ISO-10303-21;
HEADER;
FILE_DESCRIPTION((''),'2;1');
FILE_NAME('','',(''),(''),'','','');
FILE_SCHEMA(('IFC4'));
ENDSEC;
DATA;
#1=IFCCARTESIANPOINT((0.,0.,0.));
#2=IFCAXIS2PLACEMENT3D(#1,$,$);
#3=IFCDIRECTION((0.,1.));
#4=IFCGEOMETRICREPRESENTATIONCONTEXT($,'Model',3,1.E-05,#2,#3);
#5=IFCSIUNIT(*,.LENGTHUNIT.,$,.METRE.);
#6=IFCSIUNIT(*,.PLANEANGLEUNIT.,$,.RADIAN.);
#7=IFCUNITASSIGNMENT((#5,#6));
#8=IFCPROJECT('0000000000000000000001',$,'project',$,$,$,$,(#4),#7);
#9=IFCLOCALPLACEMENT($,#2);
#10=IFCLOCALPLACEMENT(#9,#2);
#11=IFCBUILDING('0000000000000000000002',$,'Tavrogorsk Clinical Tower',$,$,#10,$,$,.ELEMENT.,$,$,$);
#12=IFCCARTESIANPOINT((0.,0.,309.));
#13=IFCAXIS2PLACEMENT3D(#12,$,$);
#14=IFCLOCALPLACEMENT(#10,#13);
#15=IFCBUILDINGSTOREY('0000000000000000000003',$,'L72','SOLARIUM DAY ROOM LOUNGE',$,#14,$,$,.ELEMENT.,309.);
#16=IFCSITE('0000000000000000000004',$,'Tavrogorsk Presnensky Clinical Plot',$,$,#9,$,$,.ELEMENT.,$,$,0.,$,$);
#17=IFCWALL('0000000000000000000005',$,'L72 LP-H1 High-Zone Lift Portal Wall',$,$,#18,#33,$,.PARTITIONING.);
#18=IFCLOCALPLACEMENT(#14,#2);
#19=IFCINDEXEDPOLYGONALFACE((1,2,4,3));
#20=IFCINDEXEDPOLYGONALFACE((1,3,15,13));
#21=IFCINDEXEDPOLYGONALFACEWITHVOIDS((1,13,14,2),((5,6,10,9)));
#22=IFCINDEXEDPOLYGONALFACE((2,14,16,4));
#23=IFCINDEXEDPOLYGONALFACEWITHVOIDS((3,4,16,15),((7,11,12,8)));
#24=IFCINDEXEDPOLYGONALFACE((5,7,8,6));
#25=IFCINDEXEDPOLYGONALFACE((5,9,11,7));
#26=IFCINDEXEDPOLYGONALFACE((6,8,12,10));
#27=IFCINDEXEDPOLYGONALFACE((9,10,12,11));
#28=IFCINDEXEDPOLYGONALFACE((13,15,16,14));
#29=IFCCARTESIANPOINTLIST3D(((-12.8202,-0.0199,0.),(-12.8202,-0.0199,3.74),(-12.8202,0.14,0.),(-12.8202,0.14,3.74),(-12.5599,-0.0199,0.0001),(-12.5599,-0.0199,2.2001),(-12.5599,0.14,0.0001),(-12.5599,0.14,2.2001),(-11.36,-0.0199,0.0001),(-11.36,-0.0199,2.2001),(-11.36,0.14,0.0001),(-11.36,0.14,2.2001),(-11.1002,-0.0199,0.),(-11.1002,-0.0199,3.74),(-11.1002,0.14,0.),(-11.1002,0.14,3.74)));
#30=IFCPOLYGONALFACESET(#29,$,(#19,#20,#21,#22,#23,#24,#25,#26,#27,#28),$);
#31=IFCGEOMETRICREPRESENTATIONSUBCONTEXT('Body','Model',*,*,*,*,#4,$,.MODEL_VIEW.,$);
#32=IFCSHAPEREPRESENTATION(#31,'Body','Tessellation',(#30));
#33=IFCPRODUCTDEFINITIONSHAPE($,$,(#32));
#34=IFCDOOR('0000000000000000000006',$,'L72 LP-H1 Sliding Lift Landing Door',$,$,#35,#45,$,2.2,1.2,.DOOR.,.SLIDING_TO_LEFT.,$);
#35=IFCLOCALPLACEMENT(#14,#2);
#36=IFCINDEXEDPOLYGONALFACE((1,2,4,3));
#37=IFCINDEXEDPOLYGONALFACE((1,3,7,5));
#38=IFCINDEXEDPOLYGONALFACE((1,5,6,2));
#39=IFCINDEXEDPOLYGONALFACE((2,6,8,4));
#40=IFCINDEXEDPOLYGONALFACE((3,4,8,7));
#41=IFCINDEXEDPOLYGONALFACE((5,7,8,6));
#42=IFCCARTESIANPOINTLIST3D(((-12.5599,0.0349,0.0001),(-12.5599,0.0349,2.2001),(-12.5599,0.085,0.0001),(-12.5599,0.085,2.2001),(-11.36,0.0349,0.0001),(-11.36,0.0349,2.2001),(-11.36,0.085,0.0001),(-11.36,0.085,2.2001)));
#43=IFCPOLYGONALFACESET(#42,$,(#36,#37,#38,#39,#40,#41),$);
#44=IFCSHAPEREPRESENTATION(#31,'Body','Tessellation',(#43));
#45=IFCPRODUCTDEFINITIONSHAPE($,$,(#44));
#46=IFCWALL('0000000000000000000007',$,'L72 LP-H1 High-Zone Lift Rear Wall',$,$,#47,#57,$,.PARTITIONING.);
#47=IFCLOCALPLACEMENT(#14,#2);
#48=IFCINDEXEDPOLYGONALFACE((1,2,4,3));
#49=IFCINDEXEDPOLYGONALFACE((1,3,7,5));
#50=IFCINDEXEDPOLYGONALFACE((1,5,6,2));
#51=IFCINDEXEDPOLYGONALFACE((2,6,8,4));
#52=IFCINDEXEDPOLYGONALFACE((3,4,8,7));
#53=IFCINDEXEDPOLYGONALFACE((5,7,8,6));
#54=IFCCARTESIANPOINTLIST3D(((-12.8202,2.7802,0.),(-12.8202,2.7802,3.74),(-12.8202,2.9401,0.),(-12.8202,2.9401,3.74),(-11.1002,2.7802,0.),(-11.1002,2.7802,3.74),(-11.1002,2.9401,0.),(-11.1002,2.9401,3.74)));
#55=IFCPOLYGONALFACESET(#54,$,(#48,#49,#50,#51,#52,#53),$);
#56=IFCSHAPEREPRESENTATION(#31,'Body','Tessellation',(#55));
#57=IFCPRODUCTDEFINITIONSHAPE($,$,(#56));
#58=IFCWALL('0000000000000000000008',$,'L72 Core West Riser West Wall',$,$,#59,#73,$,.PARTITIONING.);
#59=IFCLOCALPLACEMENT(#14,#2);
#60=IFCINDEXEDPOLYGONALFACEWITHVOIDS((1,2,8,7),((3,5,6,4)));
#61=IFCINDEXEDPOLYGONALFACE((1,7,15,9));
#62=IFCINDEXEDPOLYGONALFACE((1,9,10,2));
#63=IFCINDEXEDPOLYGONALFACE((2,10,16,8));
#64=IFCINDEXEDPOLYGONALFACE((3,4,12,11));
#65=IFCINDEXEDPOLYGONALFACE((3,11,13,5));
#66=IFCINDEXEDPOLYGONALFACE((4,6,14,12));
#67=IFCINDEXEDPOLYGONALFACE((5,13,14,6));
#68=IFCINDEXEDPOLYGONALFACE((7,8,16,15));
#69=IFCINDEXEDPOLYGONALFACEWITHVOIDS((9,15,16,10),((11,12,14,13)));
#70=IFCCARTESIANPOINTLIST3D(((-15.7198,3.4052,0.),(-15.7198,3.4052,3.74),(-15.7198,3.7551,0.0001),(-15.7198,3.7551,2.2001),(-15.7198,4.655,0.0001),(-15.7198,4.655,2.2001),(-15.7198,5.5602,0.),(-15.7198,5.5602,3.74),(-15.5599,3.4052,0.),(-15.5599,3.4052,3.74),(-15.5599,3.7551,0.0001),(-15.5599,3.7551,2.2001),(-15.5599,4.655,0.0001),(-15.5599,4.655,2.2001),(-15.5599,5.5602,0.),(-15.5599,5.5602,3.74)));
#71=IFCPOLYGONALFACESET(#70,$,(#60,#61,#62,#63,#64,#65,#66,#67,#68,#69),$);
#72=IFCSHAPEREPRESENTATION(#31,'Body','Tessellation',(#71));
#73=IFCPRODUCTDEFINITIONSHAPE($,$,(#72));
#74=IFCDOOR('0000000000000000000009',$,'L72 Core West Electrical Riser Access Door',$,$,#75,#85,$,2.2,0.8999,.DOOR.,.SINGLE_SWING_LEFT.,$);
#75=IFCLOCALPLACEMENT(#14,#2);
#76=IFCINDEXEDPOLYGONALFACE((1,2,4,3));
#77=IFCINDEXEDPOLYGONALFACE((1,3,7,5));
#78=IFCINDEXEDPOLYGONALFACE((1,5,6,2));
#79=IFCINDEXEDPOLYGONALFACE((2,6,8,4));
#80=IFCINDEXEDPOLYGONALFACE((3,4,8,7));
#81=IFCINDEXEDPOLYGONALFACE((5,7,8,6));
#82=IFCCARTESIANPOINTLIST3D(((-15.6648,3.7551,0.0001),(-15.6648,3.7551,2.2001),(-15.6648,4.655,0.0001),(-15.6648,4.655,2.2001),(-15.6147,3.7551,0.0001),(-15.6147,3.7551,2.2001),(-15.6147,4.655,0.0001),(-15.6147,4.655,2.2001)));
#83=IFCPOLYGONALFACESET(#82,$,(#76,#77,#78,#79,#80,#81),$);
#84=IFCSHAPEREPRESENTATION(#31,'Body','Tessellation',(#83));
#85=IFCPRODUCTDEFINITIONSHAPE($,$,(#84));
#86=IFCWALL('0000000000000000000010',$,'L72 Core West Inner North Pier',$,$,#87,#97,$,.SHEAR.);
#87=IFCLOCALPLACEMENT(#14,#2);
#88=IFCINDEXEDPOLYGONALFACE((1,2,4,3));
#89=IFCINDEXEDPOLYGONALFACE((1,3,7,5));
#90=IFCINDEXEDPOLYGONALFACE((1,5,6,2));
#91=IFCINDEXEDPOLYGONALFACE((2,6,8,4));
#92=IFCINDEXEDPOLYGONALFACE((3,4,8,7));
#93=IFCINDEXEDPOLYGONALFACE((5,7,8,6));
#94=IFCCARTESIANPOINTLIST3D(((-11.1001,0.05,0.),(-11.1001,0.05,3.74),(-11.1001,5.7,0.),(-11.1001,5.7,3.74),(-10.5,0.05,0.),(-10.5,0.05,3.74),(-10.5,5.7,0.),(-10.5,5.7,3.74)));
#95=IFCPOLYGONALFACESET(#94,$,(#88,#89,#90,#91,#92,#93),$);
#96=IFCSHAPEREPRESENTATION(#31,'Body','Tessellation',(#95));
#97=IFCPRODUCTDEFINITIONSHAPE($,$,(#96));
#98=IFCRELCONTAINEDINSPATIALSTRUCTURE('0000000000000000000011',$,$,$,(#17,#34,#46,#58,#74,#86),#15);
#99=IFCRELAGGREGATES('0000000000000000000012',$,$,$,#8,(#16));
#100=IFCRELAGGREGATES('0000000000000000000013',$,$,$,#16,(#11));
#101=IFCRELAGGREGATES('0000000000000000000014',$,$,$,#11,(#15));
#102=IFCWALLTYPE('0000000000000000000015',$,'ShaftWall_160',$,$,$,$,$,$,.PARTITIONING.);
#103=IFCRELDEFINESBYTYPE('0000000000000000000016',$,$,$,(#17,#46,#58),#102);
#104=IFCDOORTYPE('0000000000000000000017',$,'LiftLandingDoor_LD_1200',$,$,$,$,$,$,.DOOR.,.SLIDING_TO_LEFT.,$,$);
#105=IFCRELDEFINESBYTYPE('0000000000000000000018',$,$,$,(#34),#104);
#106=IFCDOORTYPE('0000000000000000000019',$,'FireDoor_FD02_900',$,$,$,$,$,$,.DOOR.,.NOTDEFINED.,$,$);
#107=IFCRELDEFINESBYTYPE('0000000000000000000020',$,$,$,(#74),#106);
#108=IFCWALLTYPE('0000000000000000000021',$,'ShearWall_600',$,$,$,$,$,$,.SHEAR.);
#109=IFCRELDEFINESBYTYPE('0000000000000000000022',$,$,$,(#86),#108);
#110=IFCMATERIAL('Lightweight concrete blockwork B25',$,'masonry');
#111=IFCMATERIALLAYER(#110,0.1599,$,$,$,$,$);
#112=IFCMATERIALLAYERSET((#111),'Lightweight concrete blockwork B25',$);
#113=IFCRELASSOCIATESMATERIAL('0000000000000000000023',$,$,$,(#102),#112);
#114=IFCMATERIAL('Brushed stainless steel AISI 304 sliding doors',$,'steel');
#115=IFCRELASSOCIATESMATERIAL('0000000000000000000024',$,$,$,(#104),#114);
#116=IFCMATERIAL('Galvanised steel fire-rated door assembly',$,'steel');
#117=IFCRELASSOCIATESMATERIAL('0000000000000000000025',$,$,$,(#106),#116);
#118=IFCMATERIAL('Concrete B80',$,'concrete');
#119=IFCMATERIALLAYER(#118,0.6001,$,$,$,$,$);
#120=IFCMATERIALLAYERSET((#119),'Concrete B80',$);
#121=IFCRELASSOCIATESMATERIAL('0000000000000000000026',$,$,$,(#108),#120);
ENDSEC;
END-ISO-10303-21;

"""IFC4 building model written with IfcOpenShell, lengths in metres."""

from ifc_helpers import new_model, si_unit, direction, frame, frame_2d, origin, place, context, subcontext, project, spatial, rectangle, extrude, material, layer, layer_set, type_object, element, fill, save


model = new_model("IFC4")

# Units and contexts
model_context = context("Model", 3, precision=1e-05, world=origin(), true_north=direction((0.0, 1.0)))
body_context = subcontext(model_context, "Body", "Model", "MODEL_VIEW")
ifc_project = project(units=[si_unit("LENGTHUNIT", "METRE"), si_unit("PLANEANGLEUNIT", "RADIAN")], contexts=[model_context])

# Site, building, storey
site_placement = place(None, origin())
site = spatial("IfcSite", under=ifc_project, at=site_placement, Name="Tavrogorsk Presnensky Clinical Plot", CompositionType="ELEMENT", RefElevation=0.0)
building_placement = place(site_placement, origin())
building = spatial("IfcBuilding", under=site, at=building_placement, Name="Tavrogorsk Clinical Tower", CompositionType="ELEMENT")
storey_placement = place(building_placement, frame((0.0, 0.0, 309.0)))
storey = spatial("IfcBuildingStorey", under=building, at=storey_placement, Name="L72", Description="SOLARIUM DAY ROOM LOUNGE", CompositionType="ELEMENT", Elevation=309.0)

# Shared definitions
ifc_material_1 = material(Name="Lightweight concrete blockwork B25", Category="masonry")
ifc_layer_1 = layer(ifc_material_1, 0.1599)
ifc_layer_set_1 = layer_set([ifc_layer_1], Name="Lightweight concrete blockwork B25")
wall_type_1 = type_object("IfcWallType", Name="ShaftWall_160", PredefinedType="PARTITIONING", material=ifc_layer_set_1)
ifc_material_2 = material(Name="Brushed stainless steel AISI 304 sliding doors", Category="steel")
door_type_1 = type_object("IfcDoorType", Name="LiftLandingDoor_LD_1200", OperationType="SLIDING_TO_LEFT", PredefinedType="DOOR", material=ifc_material_2)

# Wall, opening, door
wall_1_placement = place(storey_placement, frame((-12.8201, 0.0601, 0.0), z_axis=(0.0, 0.0, 1.0), x_axis=(1.0, 0.0, 0.0)))
wall_1 = element("IfcWall", 1, at=wall_1_placement, inside=storey, type_object=wall_type_1, Name="L72 LP-H1 High-Zone Lift Portal Wall", PredefinedType="PARTITIONING", context=body_context, shape_type="SweptSolid", body=[
    extrude(rectangle(XDim=1.72, YDim=0.1599, at=frame_2d((0.8599, 0.0))), origin(), (0.0, 0.0, 1.0), 3.74),
])
opening_1_placement = place(wall_1_placement, frame((0.26, 0.0, 0.0)))
opening_1 = element("IfcOpeningElement", 2, at=opening_1_placement, cuts=wall_1, PredefinedType="OPENING", context=body_context, shape_type="SweptSolid", body=[
    extrude(rectangle(XDim=1.2, YDim=2.2, at=frame_2d((0.6001, 1.1001))), frame((0.0, 0.0898, 0.0), z_axis=(0.0, -1.0, 0.0), x_axis=(1.0, 0.0, 0.0)), (0.0, 0.0, 1.0), 0.1799),
])
door_1_placement = place(opening_1_placement, origin())
door_1 = element("IfcDoor", 3, at=door_1_placement, inside=storey, type_object=door_type_1, Name="L72 LP-H1 Sliding Lift Landing Door", OperationType="SLIDING_TO_LEFT", OverallHeight=2.2, OverallWidth=1.2, PredefinedType="DOOR", context=body_context, shape_type="SweptSolid", body=[
    extrude(rectangle(XDim=1.2, YDim=2.2, at=frame_2d((0.6001, 1.1001))), frame((0.0, 0.0249, 0.0), z_axis=(0.0, -1.0, 0.0), x_axis=(1.0, 0.0, 0.0)), (0.0, 0.0, 1.0), 0.05),
])
fill(opening_1, door_1)

# Wall
wall_2_placement = place(storey_placement, frame((-12.8201, 2.8601, 0.0), z_axis=(0.0, 0.0, 1.0), x_axis=(1.0, 0.0, 0.0)))
element("IfcWall", 4, at=wall_2_placement, inside=storey, type_object=wall_type_1, Name="L72 LP-H1 High-Zone Lift Rear Wall", PredefinedType="PARTITIONING", context=body_context, shape_type="SweptSolid", body=[
    extrude(rectangle(XDim=1.72, YDim=0.1599, at=frame_2d((0.8599, 0.0))), origin(), (0.0, 0.0, 1.0), 3.74),
])

# Wall, opening, door
wall_3_placement = place(storey_placement, frame((-15.6399, 3.405, 0.0), z_axis=(0.0, 0.0, 1.0), x_axis=(0.0, 1.0, 0.0)))
wall_3 = element("IfcWall", 5, at=wall_3_placement, inside=storey, type_object=wall_type_1, Name="L72 Core West Riser West Wall", PredefinedType="PARTITIONING", context=body_context, shape_type="SweptSolid", body=[
    extrude(rectangle(XDim=2.155, YDim=0.1599, at=frame_2d((1.0776, 0.0))), origin(), (0.0, 0.0, 1.0), 3.74),
])
opening_2_placement = place(wall_3_placement, frame((0.3501, 0.0, 0.0)))
opening_2 = element("IfcOpeningElement", 6, at=opening_2_placement, cuts=wall_3, PredefinedType="OPENING", context=body_context, shape_type="SweptSolid", body=[
    extrude(rectangle(XDim=0.8999, YDim=2.2, at=frame_2d((0.45, 1.1001))), frame((0.0, 0.0898, 0.0), z_axis=(0.0, -1.0, 0.0), x_axis=(1.0, 0.0, 0.0)), (0.0, 0.0, 1.0), 0.1799),
])
ifc_material_3 = material(Name="Galvanised steel fire-rated door assembly", Category="steel")
door_type_2 = type_object("IfcDoorType", Name="FireDoor_FD02_900", OperationType="NOTDEFINED", PredefinedType="DOOR", material=ifc_material_3)
door_2_placement = place(opening_2_placement, origin())
door_2 = element("IfcDoor", 7, at=door_2_placement, inside=storey, type_object=door_type_2, Name="L72 Core West Electrical Riser Access Door", OperationType="SINGLE_SWING_LEFT", OverallHeight=2.2, OverallWidth=0.8999, PredefinedType="DOOR", context=body_context, shape_type="SweptSolid", body=[
    extrude(rectangle(XDim=0.8999, YDim=2.2, at=frame_2d((0.45, 1.1001))), frame((0.0, 0.0249, 0.0), z_axis=(0.0, -1.0, 0.0), x_axis=(1.0, 0.0, 0.0)), (0.0, 0.0, 1.0), 0.05),
])
fill(opening_2, door_2)

# Wall
ifc_material_4 = material(Name="Concrete B80", Category="concrete")
ifc_layer_2 = layer(ifc_material_4, 0.6001)
ifc_layer_set_2 = layer_set([ifc_layer_2], Name="Concrete B80")
wall_type_2 = type_object("IfcWallType", Name="ShearWall_600", PredefinedType="SHEAR", material=ifc_layer_set_2)
wall_4_placement = place(storey_placement, frame((-10.8, 0.05, 0.0), z_axis=(0.0, 0.0, 1.0), x_axis=(0.0, 1.0, 0.0)))
element("IfcWall", 8, at=wall_4_placement, inside=storey, type_object=wall_type_2, Name="L72 Core West Inner North Pier", PredefinedType="SHEAR", context=body_context, shape_type="SweptSolid", body=[
    extrude(rectangle(XDim=5.6499, YDim=0.6001, at=frame_2d((2.825, 0.0))), origin(), (0.0, 0.0, 1.0), 3.74),
])

save(model, "model.ifc")
